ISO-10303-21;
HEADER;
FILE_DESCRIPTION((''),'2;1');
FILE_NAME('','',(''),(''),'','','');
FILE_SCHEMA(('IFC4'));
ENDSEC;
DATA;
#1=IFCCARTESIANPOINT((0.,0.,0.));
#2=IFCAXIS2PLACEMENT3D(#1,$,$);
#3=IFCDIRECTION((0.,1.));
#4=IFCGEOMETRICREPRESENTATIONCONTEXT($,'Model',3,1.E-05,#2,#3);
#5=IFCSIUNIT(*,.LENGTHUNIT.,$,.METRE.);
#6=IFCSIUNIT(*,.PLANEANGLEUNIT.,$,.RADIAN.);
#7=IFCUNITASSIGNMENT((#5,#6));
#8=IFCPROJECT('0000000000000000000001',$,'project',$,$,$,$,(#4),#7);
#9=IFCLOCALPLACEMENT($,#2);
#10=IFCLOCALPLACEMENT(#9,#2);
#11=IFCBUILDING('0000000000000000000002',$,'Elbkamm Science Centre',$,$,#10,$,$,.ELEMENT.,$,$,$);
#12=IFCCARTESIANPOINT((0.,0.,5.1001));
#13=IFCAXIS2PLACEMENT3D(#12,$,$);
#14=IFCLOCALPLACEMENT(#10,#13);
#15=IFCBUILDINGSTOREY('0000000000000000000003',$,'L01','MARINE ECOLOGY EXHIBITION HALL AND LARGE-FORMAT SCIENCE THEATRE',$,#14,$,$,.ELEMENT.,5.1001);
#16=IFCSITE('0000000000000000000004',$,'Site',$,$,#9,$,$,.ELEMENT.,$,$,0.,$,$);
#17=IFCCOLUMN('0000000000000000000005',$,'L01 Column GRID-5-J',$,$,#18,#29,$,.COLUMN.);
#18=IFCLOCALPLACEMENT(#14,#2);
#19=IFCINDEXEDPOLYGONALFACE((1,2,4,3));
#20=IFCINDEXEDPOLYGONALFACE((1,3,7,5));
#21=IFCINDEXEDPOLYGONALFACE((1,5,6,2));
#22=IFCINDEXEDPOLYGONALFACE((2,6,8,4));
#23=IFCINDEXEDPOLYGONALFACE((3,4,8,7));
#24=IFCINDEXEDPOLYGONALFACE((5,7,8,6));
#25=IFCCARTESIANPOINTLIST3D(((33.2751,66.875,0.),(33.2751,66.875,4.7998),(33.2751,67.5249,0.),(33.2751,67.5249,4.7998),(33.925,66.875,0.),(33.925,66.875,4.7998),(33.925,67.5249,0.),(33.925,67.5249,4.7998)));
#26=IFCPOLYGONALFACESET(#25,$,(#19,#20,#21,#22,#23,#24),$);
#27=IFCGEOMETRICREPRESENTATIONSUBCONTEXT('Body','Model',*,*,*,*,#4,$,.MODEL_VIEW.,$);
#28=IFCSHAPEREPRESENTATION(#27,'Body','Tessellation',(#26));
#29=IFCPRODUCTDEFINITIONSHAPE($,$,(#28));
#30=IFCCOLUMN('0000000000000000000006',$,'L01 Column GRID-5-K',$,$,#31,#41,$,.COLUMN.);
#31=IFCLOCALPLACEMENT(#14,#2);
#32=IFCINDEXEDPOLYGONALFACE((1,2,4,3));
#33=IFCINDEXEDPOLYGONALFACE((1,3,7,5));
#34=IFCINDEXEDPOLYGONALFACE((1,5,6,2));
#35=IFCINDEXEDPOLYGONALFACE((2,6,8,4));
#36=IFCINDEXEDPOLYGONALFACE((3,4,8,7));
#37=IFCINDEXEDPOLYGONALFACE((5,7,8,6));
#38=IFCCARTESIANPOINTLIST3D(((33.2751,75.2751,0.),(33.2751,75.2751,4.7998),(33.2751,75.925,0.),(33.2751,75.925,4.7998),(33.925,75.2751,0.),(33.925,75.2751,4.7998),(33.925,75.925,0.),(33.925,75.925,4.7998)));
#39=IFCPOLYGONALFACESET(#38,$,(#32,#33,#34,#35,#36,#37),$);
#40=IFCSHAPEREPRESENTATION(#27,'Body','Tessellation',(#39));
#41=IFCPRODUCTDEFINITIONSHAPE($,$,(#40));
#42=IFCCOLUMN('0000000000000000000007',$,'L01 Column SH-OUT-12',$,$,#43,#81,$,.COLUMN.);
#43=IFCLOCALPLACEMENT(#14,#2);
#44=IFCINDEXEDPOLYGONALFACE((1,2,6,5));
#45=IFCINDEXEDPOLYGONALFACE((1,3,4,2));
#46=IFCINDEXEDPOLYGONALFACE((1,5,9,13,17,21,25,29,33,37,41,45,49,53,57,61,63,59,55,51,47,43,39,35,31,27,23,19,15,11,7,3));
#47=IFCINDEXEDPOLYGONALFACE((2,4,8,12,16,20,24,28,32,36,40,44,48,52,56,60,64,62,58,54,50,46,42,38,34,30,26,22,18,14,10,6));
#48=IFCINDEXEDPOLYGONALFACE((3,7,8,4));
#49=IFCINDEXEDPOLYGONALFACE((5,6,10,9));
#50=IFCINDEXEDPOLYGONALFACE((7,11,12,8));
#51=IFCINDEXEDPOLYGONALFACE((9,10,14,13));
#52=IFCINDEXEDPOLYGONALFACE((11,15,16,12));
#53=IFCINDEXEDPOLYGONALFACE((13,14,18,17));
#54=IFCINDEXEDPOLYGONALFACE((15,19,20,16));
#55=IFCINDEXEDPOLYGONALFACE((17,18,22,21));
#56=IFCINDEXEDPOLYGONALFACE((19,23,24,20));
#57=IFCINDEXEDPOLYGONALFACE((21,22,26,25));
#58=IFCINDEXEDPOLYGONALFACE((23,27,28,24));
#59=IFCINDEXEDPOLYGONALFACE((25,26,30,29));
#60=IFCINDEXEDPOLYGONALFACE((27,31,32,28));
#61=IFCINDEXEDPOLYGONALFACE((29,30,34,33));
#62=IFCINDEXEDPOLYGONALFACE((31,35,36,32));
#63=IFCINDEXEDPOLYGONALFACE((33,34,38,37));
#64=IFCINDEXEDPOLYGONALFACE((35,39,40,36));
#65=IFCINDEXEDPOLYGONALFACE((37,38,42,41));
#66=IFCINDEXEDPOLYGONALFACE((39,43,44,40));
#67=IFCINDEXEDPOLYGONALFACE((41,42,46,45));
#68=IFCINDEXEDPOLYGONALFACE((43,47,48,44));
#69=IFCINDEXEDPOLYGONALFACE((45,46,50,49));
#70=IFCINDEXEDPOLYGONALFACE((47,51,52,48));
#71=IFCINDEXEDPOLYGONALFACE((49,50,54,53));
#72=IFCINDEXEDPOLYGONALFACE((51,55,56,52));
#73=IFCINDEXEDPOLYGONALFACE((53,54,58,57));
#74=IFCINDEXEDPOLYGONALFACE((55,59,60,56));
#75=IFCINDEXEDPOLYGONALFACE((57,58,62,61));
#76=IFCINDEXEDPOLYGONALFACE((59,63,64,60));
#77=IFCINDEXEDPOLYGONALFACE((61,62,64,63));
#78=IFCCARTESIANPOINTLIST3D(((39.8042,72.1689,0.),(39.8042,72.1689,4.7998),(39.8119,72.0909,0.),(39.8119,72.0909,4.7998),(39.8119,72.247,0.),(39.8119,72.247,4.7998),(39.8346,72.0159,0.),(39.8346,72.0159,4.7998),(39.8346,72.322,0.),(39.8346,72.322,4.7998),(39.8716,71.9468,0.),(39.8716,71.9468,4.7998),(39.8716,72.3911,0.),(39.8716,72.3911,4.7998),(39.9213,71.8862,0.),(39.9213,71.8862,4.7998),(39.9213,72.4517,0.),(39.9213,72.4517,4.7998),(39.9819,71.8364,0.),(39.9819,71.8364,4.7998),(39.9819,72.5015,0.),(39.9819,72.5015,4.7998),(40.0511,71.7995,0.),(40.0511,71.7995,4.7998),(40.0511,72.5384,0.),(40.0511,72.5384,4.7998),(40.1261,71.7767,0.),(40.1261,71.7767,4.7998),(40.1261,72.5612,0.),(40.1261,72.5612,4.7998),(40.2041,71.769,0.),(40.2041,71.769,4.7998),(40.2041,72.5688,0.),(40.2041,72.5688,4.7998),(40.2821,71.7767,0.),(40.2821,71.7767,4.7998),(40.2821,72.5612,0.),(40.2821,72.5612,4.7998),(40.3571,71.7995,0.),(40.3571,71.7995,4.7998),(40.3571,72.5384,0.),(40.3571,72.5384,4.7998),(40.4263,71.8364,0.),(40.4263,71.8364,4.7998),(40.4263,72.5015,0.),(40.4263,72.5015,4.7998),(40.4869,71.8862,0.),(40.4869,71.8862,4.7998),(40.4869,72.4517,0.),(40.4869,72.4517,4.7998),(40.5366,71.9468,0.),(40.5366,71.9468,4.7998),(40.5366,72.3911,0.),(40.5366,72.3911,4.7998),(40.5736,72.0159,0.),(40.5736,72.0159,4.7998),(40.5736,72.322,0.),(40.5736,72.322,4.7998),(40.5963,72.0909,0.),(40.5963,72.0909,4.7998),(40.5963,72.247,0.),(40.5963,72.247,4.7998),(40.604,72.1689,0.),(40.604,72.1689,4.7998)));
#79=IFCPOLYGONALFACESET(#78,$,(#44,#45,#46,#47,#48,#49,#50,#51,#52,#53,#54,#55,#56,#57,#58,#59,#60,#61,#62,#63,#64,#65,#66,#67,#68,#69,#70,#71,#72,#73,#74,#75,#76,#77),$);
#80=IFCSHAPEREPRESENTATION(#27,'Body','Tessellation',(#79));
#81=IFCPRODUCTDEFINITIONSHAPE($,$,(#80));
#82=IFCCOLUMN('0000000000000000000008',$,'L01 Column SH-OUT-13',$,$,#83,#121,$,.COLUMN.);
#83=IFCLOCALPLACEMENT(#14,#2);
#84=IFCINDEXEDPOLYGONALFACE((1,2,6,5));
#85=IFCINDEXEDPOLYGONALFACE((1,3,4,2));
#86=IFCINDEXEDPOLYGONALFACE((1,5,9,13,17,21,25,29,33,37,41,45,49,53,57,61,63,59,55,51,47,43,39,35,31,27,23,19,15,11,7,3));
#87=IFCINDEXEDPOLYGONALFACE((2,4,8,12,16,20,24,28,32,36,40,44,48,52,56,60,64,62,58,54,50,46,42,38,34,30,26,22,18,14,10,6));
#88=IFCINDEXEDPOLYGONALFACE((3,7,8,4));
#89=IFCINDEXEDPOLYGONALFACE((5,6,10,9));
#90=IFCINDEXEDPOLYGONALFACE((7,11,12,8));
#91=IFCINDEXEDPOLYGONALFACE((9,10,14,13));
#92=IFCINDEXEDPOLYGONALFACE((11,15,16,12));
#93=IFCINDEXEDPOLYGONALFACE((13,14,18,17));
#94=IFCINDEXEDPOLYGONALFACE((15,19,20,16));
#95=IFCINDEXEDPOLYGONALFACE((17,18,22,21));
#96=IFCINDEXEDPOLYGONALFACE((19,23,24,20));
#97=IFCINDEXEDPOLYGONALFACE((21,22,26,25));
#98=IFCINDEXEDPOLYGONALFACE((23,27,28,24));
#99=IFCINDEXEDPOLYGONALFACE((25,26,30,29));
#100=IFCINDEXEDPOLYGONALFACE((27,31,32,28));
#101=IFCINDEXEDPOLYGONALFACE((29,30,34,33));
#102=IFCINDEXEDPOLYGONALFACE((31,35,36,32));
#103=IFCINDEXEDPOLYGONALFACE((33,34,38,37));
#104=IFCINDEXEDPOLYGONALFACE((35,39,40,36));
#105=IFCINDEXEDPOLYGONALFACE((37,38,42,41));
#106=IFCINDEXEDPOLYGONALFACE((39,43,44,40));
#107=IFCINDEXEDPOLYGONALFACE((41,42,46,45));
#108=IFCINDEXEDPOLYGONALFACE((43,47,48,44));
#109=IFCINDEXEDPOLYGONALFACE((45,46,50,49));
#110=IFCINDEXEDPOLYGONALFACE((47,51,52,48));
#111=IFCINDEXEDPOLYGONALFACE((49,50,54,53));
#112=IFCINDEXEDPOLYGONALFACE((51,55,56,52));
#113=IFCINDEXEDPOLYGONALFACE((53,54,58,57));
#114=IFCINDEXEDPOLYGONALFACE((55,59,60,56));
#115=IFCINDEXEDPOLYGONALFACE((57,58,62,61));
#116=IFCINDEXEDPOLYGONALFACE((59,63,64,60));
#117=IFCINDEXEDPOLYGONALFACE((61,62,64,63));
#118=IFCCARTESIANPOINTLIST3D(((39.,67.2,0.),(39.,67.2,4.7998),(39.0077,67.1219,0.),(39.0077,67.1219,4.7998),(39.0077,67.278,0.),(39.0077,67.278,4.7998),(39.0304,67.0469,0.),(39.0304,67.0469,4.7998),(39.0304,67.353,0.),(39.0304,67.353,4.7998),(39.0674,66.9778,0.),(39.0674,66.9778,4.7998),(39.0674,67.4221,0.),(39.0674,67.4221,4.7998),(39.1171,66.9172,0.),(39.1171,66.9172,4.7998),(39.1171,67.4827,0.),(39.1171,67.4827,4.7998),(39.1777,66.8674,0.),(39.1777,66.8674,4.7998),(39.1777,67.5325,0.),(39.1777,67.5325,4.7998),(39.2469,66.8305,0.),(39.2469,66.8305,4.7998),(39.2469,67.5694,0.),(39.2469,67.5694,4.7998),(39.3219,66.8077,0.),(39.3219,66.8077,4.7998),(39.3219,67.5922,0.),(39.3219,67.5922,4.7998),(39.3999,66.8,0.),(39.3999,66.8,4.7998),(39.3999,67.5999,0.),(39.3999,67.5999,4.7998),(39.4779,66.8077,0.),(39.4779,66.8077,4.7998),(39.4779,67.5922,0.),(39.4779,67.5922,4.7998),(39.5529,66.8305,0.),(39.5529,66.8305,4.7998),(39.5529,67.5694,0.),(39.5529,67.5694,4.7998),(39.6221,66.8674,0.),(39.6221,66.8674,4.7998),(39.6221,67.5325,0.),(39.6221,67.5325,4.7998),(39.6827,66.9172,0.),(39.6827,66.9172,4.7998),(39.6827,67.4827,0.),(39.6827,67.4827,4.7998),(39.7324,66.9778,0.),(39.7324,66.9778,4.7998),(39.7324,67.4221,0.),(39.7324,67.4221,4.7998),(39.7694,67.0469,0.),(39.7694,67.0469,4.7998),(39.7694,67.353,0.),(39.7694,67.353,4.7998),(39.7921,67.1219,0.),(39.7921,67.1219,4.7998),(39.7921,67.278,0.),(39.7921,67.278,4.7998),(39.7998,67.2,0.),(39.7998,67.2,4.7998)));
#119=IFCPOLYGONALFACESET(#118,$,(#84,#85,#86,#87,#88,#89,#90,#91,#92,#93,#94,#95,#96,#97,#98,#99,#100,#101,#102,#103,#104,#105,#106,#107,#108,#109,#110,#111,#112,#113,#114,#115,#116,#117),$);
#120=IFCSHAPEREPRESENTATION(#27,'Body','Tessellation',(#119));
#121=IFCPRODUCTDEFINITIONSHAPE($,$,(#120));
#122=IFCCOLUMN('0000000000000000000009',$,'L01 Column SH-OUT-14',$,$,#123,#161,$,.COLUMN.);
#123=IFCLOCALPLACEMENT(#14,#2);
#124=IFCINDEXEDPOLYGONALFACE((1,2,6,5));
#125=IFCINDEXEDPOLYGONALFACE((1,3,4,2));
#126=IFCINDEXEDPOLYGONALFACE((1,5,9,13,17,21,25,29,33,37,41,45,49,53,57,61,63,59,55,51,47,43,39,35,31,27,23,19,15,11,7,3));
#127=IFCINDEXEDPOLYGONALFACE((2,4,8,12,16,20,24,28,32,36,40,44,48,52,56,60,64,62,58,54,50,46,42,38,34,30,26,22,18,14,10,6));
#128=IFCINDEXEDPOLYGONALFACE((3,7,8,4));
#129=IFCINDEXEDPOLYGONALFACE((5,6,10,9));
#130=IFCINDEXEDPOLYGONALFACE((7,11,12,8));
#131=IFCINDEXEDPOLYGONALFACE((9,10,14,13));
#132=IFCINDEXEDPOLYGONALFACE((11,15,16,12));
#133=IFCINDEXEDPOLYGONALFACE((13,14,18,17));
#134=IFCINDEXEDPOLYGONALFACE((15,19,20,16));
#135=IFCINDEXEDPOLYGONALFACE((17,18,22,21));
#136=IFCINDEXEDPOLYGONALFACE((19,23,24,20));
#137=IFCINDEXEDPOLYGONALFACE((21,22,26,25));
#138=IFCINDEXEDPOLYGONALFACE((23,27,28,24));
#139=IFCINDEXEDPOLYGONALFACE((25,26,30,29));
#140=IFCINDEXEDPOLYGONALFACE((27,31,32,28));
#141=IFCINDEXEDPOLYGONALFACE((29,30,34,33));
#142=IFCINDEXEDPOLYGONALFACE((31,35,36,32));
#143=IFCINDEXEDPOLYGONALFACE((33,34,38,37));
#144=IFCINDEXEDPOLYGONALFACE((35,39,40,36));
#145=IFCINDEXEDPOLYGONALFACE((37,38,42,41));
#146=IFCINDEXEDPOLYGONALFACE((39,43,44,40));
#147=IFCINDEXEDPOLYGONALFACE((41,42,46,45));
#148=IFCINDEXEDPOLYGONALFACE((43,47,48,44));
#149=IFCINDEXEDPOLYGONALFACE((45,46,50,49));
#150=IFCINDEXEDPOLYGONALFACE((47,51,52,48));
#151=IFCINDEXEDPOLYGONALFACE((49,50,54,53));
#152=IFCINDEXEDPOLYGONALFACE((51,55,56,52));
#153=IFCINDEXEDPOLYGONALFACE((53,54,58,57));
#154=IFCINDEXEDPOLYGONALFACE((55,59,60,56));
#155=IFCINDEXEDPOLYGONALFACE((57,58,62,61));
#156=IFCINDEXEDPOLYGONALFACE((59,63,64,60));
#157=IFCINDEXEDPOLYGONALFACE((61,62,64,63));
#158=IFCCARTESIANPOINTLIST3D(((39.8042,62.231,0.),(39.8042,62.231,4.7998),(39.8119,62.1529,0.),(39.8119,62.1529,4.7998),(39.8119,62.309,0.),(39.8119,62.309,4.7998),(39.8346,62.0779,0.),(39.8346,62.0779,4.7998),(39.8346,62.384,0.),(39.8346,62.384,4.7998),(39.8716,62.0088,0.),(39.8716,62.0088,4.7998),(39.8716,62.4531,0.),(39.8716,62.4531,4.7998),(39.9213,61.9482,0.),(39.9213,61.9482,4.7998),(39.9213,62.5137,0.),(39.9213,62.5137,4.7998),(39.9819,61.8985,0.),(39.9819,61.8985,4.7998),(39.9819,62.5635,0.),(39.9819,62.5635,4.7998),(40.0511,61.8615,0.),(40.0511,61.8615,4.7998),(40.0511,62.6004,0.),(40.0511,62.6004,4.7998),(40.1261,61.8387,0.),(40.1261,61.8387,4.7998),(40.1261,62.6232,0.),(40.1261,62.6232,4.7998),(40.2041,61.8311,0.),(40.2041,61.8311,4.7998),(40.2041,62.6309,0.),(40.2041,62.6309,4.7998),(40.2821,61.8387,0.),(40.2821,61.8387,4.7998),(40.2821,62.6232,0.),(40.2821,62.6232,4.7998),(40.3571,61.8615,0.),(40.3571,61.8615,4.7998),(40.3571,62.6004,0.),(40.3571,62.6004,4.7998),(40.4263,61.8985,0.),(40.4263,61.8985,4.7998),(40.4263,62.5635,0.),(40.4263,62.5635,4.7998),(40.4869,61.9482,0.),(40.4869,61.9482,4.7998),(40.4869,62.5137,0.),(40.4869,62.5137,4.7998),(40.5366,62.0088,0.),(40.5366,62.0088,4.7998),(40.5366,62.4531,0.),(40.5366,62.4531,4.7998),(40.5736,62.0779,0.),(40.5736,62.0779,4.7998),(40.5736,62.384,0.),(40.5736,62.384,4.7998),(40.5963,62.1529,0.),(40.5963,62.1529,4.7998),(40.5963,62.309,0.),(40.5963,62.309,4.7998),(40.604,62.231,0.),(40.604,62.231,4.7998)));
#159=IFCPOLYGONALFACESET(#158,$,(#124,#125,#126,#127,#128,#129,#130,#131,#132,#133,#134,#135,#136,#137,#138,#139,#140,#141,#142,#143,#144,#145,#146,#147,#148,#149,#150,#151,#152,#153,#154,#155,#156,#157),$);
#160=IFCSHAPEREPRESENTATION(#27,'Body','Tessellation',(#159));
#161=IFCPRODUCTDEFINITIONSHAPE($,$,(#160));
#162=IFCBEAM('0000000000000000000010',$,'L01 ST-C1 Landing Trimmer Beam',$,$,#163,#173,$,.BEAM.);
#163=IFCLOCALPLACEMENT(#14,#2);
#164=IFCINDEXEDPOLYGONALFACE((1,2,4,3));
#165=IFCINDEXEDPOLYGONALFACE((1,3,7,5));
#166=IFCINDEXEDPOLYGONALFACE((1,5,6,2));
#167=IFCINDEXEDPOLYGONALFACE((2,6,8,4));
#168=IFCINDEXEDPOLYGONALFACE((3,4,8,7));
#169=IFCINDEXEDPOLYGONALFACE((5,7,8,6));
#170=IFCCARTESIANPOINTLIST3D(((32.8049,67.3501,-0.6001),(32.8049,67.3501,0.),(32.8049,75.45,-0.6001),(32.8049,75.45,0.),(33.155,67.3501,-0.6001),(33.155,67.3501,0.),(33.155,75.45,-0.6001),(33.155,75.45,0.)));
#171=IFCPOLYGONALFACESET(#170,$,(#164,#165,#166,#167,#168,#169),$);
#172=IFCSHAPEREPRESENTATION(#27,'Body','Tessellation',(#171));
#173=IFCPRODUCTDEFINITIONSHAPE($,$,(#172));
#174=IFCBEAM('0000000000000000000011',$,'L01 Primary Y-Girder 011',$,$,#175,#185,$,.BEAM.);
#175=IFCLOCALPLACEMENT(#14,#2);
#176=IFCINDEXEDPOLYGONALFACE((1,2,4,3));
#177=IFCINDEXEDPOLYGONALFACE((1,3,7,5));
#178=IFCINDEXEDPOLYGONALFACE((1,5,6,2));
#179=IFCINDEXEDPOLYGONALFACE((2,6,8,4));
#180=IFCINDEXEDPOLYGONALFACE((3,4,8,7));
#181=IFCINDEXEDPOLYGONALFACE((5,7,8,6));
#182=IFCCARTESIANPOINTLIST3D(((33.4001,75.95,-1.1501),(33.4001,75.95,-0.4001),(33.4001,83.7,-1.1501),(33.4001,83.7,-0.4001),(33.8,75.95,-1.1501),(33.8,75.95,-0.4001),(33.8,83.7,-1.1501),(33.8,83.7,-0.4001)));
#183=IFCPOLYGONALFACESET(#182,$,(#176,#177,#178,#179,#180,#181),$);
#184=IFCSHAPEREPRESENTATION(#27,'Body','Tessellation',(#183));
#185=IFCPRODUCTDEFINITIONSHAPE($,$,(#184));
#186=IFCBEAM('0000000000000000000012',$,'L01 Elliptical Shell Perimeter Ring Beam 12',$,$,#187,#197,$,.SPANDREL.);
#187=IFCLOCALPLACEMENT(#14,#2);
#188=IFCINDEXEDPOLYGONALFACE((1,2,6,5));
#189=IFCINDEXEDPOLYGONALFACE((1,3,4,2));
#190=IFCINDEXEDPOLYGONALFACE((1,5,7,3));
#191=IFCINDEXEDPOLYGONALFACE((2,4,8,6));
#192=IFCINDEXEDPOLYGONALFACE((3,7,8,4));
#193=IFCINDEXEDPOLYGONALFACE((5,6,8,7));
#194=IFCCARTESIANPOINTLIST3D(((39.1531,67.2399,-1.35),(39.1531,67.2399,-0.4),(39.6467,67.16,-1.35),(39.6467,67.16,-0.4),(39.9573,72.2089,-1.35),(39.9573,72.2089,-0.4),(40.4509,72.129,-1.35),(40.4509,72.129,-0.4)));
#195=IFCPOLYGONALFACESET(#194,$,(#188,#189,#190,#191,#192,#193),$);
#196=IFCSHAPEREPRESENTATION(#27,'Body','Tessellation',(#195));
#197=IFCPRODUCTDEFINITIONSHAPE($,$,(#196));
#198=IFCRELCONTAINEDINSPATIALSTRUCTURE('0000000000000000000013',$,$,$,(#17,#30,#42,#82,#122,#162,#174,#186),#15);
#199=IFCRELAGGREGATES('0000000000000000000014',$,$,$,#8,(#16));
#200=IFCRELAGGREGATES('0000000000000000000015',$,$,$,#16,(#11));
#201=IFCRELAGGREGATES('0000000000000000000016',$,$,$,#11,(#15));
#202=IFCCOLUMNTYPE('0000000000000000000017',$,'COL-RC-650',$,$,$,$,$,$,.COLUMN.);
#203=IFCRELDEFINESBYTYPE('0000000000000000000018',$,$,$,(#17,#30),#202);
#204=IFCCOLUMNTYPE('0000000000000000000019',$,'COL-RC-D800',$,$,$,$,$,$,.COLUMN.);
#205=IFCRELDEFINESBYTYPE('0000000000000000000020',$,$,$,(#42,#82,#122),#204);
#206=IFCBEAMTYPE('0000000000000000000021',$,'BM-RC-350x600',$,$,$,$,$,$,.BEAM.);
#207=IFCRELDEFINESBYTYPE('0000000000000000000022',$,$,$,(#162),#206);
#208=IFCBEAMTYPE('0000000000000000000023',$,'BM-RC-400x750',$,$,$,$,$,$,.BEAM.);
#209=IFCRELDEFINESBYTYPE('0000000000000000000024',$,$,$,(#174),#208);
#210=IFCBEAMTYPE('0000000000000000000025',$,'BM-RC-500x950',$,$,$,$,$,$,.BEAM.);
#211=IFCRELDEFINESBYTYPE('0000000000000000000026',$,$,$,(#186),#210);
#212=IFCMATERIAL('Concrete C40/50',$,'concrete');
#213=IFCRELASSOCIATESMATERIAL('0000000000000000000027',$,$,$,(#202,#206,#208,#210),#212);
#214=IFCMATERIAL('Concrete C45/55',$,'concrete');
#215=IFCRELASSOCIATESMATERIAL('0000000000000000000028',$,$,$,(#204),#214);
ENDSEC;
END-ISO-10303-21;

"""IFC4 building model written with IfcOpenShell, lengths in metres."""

from ifc_helpers import new_model, si_unit, direction, frame, origin, origin_2d, place, context, subcontext, project, spatial, rectangle, circle, extrude, material, material_profile, profile_set, type_object, element, save


model = new_model("IFC4")

# Units and contexts
model_context = context("Model", 3, precision=1e-05, world=origin(), true_north=direction((0.0, 1.0)))
body_context = subcontext(model_context, "Body", "Model", "MODEL_VIEW")
ifc_project = project(units=[si_unit("LENGTHUNIT", "METRE"), si_unit("PLANEANGLEUNIT", "RADIAN")], contexts=[model_context])

# Site, building, storey
site_placement = place(None, origin())
site = spatial("IfcSite", under=ifc_project, at=site_placement, Name="Site", CompositionType="ELEMENT", RefElevation=0.0)
building_placement = place(site_placement, origin())
building = spatial("IfcBuilding", under=site, at=building_placement, Name="Elbkamm Science Centre", CompositionType="ELEMENT")
storey_placement = place(building_placement, frame((0.0, 0.0, 5.1001)))
storey = spatial("IfcBuildingStorey", under=building, at=storey_placement, Name="L01", Description="MARINE ECOLOGY EXHIBITION HALL AND LARGE-FORMAT SCIENCE THEATRE", CompositionType="ELEMENT", Elevation=5.1001)

# Columns
ifc_material_1 = material(Name="Concrete C40/50", Category="concrete")
ifc_material_profile_1 = material_profile(ifc_material_1, rectangle(XDim=0.6499, YDim=0.6499, at=origin_2d()), Name="RC 650x650")
ifc_profile_set_1 = profile_set([ifc_material_profile_1], Name="Concrete C40/50")
column_type_1 = type_object("IfcColumnType", Name="COL-RC-650", PredefinedType="COLUMN", material=ifc_profile_set_1)
for number, where, z_axis, x_axis, name in (
    (1, (33.6001, 67.2, 0.0), (0.0, 0.0, 1.0), (1.0, 0.0, 0.0), "L01 Column GRID-5-J"),
    (2, (33.6001, 75.6001, 0.0), (0.0, 0.0, 1.0), (1.0, 0.0, 0.0), "L01 Column GRID-5-K"),
):
    element("IfcColumn", number, at=place(storey_placement, frame(where, z_axis=z_axis, x_axis=x_axis)), inside=storey, type_object=column_type_1, Name=name, PredefinedType="COLUMN", context=body_context, shape_type="SweptSolid", body=[
        extrude(rectangle(XDim=0.6499, YDim=0.6499, at=origin_2d()), origin(), (0.0, 0.0, 1.0), 4.7998),
    ])
ifc_material_2 = material(Name="Concrete C45/55", Category="concrete")
ifc_material_profile_2 = material_profile(ifc_material_2, circle(Radius=0.3999, at=origin_2d()), Name="RC D800")
ifc_profile_set_2 = profile_set([ifc_material_profile_2], Name="Concrete C45/55")
column_type_2 = type_object("IfcColumnType", Name="COL-RC-D800", PredefinedType="COLUMN", material=ifc_profile_set_2)
for number, where, z_axis, x_axis, name in (
    (3, (40.2041, 72.1689, 0.0), (0.0, 0.0, 1.0), (1.0, 0.0, 0.0), "L01 Column SH-OUT-12"),
    (4, (39.3999, 67.2, 0.0), (0.0, 0.0, 1.0), (1.0, 0.0, 0.0), "L01 Column SH-OUT-13"),
    (5, (40.2041, 62.231, 0.0), (0.0, 0.0, 1.0), (1.0, 0.0, 0.0), "L01 Column SH-OUT-14"),
):
    element("IfcColumn", number, at=place(storey_placement, frame(where, z_axis=z_axis, x_axis=x_axis)), inside=storey, type_object=column_type_2, Name=name, PredefinedType="COLUMN", context=body_context, shape_type="SweptSolid", body=[
        extrude(circle(Radius=0.3999, at=origin_2d()), origin(), (0.0, 0.0, 1.0), 4.7998),
    ])

# Beams
ifc_material_profile_3 = material_profile(ifc_material_1, rectangle(XDim=0.3501, YDim=0.6001, at=origin_2d()), Name="RC 350x600")
ifc_profile_set_3 = profile_set([ifc_material_profile_3], Name="Concrete C40/50")
beam_type_1 = type_object("IfcBeamType", Name="BM-RC-350x600", PredefinedType="BEAM", material=ifc_profile_set_3)
beam_1_placement = place(storey_placement, frame((32.98, 67.3501, -0.3), z_axis=(0.0, 1.0, 0.0), x_axis=(-1.0, 0.0, 0.0)))
element("IfcBeam", 6, at=beam_1_placement, inside=storey, type_object=beam_type_1, Name="L01 ST-C1 Landing Trimmer Beam", PredefinedType="BEAM", context=body_context, shape_type="SweptSolid", body=[
    extrude(rectangle(XDim=0.3501, YDim=0.6001, at=origin_2d()), origin(), (0.0, 0.0, 1.0), 8.0999),
])
ifc_material_profile_4 = material_profile(ifc_material_1, rectangle(XDim=0.3999, YDim=0.75, at=origin_2d()), Name="RC 400x750")
ifc_profile_set_4 = profile_set([ifc_material_profile_4], Name="Concrete C40/50")
beam_type_2 = type_object("IfcBeamType", Name="BM-RC-400x750", PredefinedType="BEAM", material=ifc_profile_set_4)
beam_2_placement = place(storey_placement, frame((33.6001, 75.95, -0.7751), z_axis=(0.0, 1.0, 0.0), x_axis=(-1.0, 0.0, 0.0)))
element("IfcBeam", 7, at=beam_2_placement, inside=storey, type_object=beam_type_2, Name="L01 Primary Y-Girder 011", PredefinedType="BEAM", context=body_context, shape_type="SweptSolid", body=[
    extrude(rectangle(XDim=0.3999, YDim=0.75, at=origin_2d()), origin(), (0.0, 0.0, 1.0), 7.75),
])
ifc_material_profile_5 = material_profile(ifc_material_1, rectangle(XDim=0.5, YDim=0.95, at=origin_2d()), Name="RC 500x950")
ifc_profile_set_5 = profile_set([ifc_material_profile_5], Name="Concrete C40/50")
beam_type_3 = type_object("IfcBeamType", Name="BM-RC-500x950", PredefinedType="BEAM", material=ifc_profile_set_5)
for number, where, z_axis, x_axis, name in (
    (8, (40.2041, 72.1689, -0.875), (-0.159765, -0.987155, 0.0), (0.987155, -0.159765, 0.0), "L01 Elliptical Shell Perimeter Ring Beam 12"),
):
    element("IfcBeam", number, at=place(storey_placement, frame(where, z_axis=z_axis, x_axis=x_axis)), inside=storey, type_object=beam_type_3, Name=name, PredefinedType="SPANDREL", context=body_context, shape_type="SweptSolid", body=[
        extrude(rectangle(XDim=0.5, YDim=0.95, at=origin_2d()), origin(), (0.0, 0.0, 1.0), 5.0337),
    ])

save(model, "model.ifc")
